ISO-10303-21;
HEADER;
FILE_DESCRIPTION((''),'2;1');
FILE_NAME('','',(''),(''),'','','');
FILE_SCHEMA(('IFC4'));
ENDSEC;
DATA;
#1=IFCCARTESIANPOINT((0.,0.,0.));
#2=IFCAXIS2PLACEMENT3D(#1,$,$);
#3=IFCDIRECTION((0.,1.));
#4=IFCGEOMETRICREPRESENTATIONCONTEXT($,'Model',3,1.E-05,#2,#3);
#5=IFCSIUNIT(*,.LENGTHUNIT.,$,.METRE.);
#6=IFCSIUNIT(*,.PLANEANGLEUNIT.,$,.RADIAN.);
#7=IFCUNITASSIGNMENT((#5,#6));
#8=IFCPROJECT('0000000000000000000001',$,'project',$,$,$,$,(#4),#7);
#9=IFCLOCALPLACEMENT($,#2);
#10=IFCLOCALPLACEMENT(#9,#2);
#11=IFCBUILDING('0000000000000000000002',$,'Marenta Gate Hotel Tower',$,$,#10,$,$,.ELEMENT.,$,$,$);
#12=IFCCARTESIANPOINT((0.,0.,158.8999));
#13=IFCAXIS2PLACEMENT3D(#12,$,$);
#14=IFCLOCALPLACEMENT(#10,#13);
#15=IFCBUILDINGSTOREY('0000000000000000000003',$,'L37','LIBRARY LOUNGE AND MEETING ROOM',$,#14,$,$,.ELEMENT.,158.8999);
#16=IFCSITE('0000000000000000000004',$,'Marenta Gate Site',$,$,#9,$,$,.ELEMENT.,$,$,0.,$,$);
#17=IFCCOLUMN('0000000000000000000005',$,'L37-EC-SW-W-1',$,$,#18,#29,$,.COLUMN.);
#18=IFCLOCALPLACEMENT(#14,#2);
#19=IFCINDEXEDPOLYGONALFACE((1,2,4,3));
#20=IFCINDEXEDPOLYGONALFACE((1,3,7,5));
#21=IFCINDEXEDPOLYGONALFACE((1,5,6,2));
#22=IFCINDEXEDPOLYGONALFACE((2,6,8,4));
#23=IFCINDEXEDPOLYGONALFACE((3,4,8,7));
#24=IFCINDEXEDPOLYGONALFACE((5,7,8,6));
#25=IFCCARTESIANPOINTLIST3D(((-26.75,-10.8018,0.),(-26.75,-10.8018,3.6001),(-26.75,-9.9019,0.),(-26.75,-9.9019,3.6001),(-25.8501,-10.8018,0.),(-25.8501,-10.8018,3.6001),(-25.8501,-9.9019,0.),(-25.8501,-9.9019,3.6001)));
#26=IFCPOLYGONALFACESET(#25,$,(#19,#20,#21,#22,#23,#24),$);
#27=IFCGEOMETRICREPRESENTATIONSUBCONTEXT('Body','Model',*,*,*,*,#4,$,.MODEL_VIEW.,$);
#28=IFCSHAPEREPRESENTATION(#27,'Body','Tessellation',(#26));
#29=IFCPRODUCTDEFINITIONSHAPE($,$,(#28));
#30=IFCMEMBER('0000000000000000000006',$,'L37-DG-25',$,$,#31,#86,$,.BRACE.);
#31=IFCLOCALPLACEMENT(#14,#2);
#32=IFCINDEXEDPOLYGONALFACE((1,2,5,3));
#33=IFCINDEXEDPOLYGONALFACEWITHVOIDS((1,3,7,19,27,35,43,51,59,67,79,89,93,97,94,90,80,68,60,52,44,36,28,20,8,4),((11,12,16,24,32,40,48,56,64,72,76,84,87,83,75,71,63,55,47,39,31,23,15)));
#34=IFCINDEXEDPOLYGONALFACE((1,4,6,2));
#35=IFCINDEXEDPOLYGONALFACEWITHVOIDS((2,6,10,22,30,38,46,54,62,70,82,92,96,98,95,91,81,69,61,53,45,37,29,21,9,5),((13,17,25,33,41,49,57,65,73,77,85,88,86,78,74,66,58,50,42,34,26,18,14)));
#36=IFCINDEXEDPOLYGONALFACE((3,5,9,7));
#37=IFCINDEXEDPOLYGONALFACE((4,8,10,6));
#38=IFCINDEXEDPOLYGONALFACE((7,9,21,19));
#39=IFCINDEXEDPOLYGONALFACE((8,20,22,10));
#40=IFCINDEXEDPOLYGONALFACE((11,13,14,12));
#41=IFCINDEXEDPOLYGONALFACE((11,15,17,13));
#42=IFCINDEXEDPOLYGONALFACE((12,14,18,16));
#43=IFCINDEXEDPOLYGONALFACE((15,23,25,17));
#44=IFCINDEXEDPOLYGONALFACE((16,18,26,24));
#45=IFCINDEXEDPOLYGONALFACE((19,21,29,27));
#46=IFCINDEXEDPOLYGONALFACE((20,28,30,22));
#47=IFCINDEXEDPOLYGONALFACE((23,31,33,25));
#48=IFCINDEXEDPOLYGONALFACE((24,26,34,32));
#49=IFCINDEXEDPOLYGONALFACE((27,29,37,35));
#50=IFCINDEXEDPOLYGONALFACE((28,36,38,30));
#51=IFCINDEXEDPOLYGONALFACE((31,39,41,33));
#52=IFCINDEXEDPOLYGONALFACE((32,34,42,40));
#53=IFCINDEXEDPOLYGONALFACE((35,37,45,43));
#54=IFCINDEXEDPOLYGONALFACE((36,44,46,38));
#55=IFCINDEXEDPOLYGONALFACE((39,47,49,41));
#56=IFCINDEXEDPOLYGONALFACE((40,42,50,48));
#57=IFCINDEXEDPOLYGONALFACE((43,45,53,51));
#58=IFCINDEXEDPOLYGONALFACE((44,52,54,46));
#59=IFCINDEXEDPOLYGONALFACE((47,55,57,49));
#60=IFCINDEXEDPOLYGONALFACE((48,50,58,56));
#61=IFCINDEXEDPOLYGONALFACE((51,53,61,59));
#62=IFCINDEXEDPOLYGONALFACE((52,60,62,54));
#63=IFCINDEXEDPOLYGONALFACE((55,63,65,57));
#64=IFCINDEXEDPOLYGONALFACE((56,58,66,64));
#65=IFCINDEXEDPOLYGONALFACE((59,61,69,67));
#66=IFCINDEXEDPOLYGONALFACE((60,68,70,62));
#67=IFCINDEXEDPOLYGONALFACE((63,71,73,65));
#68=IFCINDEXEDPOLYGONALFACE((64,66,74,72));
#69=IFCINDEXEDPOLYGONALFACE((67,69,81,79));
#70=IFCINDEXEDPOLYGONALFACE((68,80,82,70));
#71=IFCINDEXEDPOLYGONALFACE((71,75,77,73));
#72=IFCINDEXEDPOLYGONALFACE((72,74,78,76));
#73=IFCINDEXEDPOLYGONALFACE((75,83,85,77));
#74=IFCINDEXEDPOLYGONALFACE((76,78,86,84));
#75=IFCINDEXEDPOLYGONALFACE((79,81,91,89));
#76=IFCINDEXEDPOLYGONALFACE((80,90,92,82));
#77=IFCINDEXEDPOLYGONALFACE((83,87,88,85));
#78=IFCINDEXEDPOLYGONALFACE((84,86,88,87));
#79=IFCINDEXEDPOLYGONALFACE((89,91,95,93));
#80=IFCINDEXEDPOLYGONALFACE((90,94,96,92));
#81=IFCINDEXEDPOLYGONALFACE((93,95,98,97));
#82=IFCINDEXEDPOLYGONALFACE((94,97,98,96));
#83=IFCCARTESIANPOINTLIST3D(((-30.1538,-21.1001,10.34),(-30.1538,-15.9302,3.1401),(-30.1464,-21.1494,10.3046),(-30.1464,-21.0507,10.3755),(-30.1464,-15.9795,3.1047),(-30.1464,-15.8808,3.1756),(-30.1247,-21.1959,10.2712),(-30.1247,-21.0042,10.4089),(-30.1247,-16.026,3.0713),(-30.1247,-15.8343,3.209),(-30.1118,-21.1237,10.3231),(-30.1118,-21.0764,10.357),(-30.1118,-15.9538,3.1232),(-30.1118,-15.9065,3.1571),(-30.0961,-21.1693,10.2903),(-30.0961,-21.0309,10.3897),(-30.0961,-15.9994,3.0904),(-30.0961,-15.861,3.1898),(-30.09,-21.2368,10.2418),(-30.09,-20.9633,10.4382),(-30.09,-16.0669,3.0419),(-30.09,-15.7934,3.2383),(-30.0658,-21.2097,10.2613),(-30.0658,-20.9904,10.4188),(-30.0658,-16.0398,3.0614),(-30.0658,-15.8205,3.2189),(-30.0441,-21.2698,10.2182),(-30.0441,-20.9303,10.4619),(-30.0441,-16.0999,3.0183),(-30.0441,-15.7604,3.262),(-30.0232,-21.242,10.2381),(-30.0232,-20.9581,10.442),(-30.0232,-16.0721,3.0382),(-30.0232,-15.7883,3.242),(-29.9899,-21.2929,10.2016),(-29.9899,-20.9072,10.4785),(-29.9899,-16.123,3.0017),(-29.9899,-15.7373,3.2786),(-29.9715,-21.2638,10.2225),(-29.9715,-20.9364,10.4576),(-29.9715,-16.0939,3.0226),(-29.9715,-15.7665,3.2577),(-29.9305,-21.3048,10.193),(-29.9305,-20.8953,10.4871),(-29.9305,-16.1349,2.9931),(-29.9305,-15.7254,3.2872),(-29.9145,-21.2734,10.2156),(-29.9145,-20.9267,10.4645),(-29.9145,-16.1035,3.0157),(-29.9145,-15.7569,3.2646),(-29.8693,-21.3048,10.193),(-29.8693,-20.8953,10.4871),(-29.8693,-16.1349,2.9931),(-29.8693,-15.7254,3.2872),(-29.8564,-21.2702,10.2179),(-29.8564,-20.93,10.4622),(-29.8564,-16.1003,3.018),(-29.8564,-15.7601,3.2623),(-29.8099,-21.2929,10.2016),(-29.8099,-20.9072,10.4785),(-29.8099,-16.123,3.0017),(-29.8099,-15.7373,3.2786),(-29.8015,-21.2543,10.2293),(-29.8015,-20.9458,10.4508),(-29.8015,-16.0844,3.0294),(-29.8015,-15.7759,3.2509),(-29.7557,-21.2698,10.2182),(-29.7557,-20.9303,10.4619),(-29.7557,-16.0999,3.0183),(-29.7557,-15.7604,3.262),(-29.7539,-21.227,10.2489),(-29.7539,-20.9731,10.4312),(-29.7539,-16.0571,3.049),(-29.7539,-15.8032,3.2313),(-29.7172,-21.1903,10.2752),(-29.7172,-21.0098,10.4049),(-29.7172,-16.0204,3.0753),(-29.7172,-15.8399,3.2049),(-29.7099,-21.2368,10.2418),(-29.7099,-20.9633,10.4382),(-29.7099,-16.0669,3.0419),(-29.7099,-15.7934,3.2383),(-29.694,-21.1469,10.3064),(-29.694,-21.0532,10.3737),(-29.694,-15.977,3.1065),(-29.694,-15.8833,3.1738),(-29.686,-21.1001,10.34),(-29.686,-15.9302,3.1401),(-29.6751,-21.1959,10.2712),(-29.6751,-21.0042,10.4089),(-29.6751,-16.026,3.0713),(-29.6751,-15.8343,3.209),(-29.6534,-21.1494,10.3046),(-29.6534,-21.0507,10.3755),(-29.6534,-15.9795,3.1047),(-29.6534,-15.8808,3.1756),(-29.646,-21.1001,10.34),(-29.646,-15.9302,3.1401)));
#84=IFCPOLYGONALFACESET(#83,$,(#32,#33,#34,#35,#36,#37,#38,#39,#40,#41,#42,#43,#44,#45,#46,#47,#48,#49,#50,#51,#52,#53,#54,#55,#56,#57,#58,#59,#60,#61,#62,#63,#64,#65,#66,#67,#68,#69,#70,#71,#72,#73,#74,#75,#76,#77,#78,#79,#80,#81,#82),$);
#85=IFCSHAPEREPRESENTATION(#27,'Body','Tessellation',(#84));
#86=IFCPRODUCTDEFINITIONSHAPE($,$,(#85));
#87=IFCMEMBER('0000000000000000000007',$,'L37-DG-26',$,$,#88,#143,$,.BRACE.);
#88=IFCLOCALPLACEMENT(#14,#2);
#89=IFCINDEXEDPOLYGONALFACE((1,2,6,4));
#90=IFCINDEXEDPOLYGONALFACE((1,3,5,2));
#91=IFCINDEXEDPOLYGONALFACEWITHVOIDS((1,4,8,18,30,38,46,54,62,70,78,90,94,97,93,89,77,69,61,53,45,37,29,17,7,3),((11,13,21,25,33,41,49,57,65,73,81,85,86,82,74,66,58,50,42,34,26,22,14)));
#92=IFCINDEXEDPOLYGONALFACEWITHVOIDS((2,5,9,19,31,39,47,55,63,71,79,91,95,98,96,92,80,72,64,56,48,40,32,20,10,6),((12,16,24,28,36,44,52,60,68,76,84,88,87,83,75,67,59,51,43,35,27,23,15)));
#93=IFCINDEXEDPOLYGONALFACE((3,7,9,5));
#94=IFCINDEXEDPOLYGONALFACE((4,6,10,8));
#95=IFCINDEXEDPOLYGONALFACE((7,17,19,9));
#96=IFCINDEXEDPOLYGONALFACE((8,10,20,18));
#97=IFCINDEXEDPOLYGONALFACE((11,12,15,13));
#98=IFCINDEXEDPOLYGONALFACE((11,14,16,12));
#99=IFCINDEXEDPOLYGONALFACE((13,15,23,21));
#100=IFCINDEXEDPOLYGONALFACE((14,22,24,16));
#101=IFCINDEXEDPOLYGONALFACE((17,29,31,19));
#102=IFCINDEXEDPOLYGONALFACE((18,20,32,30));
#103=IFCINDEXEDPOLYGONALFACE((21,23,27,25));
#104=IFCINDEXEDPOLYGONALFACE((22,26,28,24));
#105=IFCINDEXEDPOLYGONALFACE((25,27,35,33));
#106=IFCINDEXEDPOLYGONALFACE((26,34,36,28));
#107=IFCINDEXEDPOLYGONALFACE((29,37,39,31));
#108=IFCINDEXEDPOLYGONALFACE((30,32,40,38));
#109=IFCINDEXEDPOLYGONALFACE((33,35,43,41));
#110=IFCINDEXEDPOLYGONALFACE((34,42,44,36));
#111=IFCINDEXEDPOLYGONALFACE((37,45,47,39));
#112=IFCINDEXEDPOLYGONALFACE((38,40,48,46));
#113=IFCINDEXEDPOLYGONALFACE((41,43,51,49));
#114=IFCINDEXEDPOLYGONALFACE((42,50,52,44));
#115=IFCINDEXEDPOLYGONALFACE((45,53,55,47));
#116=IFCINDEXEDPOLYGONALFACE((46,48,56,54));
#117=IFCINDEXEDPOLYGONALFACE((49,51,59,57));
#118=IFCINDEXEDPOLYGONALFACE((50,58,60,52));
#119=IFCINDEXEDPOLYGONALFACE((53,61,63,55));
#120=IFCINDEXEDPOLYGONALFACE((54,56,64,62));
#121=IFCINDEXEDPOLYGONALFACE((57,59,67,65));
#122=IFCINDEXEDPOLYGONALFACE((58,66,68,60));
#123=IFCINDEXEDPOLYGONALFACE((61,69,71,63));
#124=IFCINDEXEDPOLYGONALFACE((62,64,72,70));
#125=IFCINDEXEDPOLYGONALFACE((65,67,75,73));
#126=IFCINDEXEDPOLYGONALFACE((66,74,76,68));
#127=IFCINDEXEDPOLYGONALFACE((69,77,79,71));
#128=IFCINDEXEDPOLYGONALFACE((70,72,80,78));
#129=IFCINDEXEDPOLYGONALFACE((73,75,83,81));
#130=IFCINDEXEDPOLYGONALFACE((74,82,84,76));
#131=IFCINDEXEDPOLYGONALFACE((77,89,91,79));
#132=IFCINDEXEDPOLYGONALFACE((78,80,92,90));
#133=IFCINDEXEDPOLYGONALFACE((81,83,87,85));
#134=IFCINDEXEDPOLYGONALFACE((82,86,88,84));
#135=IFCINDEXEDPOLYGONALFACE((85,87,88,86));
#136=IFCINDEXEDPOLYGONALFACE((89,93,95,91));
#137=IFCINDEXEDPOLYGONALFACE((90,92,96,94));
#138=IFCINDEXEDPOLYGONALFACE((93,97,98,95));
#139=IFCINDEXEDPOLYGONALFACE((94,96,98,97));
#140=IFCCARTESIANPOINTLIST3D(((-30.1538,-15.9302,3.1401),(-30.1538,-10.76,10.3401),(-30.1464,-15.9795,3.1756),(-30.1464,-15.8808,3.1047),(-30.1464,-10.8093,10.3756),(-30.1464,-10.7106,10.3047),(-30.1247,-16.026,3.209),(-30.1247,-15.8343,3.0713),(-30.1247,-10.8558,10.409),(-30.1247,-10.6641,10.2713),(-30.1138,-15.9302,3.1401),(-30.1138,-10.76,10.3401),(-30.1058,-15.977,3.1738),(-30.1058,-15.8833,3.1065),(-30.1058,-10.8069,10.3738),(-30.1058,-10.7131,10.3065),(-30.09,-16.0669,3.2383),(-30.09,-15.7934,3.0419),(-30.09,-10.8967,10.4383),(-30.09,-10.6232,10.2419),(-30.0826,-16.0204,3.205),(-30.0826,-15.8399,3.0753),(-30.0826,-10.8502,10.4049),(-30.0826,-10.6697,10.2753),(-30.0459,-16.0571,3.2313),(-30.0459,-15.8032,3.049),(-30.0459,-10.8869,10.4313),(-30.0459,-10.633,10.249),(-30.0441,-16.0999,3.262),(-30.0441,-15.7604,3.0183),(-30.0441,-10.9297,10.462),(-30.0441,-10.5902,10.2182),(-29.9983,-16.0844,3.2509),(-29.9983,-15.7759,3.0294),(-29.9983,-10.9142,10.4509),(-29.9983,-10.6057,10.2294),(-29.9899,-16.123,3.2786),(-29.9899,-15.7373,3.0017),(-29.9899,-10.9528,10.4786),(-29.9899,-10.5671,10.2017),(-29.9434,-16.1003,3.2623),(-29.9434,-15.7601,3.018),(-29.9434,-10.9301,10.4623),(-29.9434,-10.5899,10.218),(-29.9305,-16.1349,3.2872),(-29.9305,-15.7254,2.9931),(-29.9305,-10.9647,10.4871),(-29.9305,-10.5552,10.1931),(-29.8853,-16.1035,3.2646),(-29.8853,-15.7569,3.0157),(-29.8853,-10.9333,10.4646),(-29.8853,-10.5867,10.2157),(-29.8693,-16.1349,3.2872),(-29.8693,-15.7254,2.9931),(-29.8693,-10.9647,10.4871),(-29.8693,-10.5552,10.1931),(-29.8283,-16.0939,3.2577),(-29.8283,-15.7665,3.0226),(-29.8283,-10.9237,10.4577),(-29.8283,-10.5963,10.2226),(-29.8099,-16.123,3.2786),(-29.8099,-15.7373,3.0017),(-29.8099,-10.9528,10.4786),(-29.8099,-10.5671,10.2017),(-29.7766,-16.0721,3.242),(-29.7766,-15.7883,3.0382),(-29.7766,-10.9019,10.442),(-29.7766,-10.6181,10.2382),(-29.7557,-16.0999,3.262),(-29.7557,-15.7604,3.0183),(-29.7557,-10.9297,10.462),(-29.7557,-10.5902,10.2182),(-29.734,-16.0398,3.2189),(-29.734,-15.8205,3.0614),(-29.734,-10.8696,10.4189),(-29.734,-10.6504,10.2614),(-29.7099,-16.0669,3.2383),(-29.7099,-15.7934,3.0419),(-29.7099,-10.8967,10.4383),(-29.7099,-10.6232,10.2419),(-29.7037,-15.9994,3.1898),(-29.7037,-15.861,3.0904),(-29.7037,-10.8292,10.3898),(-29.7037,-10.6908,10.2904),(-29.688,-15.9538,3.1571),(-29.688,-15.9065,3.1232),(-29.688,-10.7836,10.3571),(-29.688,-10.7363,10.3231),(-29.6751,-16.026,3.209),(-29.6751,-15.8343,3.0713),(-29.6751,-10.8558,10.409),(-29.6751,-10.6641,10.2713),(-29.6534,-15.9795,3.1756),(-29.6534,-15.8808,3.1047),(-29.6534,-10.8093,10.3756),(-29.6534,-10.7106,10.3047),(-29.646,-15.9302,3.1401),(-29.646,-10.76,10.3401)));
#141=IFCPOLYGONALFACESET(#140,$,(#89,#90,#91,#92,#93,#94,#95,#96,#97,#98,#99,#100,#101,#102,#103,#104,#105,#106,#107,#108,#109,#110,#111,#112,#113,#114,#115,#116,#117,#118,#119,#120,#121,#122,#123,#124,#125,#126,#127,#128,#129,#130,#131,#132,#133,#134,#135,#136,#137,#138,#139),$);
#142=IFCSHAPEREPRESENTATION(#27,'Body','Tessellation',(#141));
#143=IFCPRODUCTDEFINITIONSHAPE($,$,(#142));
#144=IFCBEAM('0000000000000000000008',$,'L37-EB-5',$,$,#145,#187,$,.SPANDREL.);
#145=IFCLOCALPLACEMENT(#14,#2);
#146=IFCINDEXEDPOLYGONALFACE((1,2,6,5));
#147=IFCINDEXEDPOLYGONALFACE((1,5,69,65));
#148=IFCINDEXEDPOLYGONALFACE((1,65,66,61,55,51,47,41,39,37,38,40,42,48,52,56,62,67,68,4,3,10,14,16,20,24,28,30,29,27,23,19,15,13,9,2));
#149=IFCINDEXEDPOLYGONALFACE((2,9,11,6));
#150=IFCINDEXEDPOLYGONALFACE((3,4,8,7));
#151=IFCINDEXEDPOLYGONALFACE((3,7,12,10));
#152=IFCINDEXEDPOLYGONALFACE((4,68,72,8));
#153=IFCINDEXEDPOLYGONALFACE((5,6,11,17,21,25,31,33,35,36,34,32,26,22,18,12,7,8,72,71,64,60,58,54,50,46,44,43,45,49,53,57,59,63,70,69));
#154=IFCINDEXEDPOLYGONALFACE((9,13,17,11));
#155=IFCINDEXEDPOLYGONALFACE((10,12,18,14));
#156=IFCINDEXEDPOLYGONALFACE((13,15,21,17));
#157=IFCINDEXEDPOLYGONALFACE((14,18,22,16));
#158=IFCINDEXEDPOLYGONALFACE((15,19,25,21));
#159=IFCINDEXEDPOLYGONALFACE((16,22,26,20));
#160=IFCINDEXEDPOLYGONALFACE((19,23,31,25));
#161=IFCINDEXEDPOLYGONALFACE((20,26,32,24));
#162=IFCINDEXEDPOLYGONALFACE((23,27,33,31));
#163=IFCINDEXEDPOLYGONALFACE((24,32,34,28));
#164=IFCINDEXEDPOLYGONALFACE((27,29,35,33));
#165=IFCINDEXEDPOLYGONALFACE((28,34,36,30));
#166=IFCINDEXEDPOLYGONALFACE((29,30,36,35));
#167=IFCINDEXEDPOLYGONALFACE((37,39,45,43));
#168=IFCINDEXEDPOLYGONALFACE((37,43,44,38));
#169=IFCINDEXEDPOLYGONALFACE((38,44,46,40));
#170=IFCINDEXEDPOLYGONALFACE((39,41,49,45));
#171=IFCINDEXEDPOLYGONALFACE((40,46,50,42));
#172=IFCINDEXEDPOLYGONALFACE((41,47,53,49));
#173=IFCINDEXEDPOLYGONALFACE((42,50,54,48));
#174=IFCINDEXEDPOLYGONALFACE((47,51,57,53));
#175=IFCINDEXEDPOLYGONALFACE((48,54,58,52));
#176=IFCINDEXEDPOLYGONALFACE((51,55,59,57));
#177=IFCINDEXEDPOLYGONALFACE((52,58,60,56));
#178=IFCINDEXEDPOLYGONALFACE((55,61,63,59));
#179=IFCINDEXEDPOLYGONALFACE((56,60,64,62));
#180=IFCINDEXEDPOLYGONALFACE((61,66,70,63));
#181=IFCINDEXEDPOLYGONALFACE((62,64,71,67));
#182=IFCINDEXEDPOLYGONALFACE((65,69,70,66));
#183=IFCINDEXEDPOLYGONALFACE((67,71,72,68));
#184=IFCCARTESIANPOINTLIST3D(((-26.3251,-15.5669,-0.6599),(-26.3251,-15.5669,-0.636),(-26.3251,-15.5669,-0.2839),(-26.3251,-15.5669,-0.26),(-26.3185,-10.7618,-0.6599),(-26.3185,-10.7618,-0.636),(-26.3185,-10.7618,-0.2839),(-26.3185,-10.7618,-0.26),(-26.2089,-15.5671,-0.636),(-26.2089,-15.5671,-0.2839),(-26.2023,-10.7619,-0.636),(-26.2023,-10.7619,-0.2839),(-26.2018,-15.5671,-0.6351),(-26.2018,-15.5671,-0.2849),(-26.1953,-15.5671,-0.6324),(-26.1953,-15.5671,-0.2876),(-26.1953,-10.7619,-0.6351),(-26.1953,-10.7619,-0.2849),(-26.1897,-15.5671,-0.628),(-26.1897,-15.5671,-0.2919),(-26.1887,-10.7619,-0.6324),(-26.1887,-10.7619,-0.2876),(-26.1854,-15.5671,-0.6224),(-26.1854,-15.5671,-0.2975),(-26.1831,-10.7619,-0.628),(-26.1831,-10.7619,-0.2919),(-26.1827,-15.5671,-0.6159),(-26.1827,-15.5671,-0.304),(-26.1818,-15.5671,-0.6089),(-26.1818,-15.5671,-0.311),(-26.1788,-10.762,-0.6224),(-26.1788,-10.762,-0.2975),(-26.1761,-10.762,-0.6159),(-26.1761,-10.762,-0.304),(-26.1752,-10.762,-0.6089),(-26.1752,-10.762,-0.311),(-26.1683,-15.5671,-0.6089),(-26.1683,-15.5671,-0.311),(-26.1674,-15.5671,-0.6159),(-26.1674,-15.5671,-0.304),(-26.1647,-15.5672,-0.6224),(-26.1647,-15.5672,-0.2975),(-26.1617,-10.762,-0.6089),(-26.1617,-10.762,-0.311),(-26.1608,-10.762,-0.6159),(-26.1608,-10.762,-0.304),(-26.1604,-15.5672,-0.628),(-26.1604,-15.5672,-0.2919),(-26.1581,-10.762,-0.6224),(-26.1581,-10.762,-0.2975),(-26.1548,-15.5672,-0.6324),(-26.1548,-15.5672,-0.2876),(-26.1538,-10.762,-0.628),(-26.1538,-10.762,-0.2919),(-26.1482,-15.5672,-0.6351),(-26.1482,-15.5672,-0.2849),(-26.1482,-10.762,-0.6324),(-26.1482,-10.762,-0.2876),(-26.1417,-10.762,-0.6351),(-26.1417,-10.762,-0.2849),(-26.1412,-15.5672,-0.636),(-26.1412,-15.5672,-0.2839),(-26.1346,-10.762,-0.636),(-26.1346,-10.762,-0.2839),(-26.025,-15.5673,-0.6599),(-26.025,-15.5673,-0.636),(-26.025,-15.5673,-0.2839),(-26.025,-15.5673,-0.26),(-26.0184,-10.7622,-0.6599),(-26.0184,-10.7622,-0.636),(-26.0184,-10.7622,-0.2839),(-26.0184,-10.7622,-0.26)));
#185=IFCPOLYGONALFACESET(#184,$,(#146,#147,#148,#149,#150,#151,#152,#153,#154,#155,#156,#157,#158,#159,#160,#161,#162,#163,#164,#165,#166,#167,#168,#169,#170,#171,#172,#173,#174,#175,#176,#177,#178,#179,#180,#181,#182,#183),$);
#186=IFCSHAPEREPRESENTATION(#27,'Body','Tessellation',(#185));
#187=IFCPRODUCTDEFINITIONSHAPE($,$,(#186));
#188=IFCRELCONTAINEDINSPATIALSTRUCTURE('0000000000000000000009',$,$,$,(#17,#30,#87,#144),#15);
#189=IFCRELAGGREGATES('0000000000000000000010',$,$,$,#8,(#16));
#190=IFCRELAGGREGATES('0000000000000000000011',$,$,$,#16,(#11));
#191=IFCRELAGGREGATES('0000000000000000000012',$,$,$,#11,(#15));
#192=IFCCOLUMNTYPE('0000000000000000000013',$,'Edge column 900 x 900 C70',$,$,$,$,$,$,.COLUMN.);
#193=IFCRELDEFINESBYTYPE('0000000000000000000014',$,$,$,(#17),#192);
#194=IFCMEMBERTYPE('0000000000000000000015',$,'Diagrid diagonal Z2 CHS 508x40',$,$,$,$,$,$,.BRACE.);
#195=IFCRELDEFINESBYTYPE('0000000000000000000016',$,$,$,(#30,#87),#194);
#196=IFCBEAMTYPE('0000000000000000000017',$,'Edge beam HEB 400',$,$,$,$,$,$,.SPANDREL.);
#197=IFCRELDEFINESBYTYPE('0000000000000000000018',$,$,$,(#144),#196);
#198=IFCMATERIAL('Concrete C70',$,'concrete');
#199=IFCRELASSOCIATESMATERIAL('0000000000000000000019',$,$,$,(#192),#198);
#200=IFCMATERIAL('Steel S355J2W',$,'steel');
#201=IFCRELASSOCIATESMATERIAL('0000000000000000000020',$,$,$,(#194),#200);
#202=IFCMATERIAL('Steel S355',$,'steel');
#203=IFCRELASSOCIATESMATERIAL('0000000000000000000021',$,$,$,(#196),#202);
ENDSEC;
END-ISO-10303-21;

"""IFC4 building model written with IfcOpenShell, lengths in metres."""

from ifc_helpers import new_model, si_unit, direction, frame, origin, origin_2d, place, context, subcontext, project, spatial, rectangle, hollow_circle, i_section, extrude, material, material_profile, profile_set, type_object, element, save


model = new_model("IFC4")

# Units and contexts
model_context = context("Model", 3, precision=1e-05, world=origin(), true_north=direction((0.0, 1.0)))
body_context = subcontext(model_context, "Body", "Model", "MODEL_VIEW")
ifc_project = project(units=[si_unit("LENGTHUNIT", "METRE"), si_unit("PLANEANGLEUNIT", "RADIAN")], contexts=[model_context])

# Site, building, storey
site_placement = place(None, origin())
site = spatial("IfcSite", under=ifc_project, at=site_placement, Name="Marenta Gate Site", CompositionType="ELEMENT", RefElevation=0.0)
building_placement = place(site_placement, origin())
building = spatial("IfcBuilding", under=site, at=building_placement, Name="Marenta Gate Hotel Tower", CompositionType="ELEMENT")
storey_placement = place(building_placement, frame((0.0, 0.0, 158.8999)))
storey = spatial("IfcBuildingStorey", under=building, at=storey_placement, Name="L37", Description="LIBRARY LOUNGE AND MEETING ROOM", CompositionType="ELEMENT", Elevation=158.8999)

# Column
ifc_material_1 = material(Name="Concrete C70", Category="concrete")
ifc_material_profile_1 = material_profile(ifc_material_1, rectangle(XDim=0.8999, YDim=0.8999, at=origin_2d()), Name="900 x 900")
ifc_profile_set_1 = profile_set([ifc_material_profile_1], Name="Concrete C70")
column_type = type_object("IfcColumnType", Name="Edge column 900 x 900 C70", PredefinedType="COLUMN", material=ifc_profile_set_1)
column_placement = place(storey_placement, frame((-26.3, -10.3518, 0.0), z_axis=(0.0, 0.0, 1.0), x_axis=(1.0, 0.0, 0.0)))
element("IfcColumn", 1, at=column_placement, inside=storey, type_object=column_type, Name="L37-EC-SW-W-1", PredefinedType="COLUMN", context=body_context, shape_type="SweptSolid", body=[
    extrude(rectangle(XDim=0.8999, YDim=0.8999, at=origin_2d()), origin(), (0.0, 0.0, 1.0), 3.6001),
])

# Members
ifc_material_2 = material(Name="Steel S355J2W", Category="steel")
ifc_material_profile_2 = material_profile(ifc_material_2, hollow_circle(Radius=0.2539, WallThickness=0.04, at=origin_2d()), Name="CHS 508x40")
ifc_profile_set_2 = profile_set([ifc_material_profile_2], Name="Steel S355J2W")
member_type_1 = type_object("IfcMemberType", Name="Diagrid diagonal Z2 CHS 508x40", PredefinedType="BRACE", material=ifc_profile_set_2)
member_1_placement = place(storey_placement, frame((-29.8999, -15.9302, 3.1401), z_axis=(0.0, -0.583261, 0.812285), x_axis=(1.0, 0.0, 0.0)))
element("IfcMember", 2, at=member_1_placement, inside=storey, type_object=member_type_1, Name="L37-DG-25", PredefinedType="BRACE", context=body_context, shape_type="SweptSolid", body=[
    extrude(hollow_circle(Radius=0.2539, WallThickness=0.04, at=origin_2d()), origin(), (0.0, 0.0, 1.0), 8.8638),
])
member_2_placement = place(storey_placement, frame((-29.8999, -15.9302, 3.1401), z_axis=(0.0, 0.583279, 0.812272), x_axis=(-1.0, 0.0, 0.0)))
element("IfcMember", 3, at=member_2_placement, inside=storey, type_object=member_type_1, Name="L37-DG-26", PredefinedType="BRACE", context=body_context, shape_type="SweptSolid", body=[
    extrude(hollow_circle(Radius=0.2539, WallThickness=0.04, at=origin_2d()), origin(), (0.0, 0.0, 1.0), 8.864),
])

# Beam
ifc_material_3 = material(Name="Steel S355", Category="steel")
ifc_material_profile_3 = material_profile(ifc_material_3, i_section(OverallWidth=0.3, OverallDepth=0.3999, WebThickness=0.0134, FlangeThickness=0.0239, FilletRadius=0.0271, at=origin_2d()), Name="HEB 400")
ifc_profile_set_3 = profile_set([ifc_material_profile_3], Name="Steel S355")
beam_type_1 = type_object("IfcBeamType", Name="Edge beam HEB 400", PredefinedType="SPANDREL", material=ifc_profile_set_3)
beam_1_placement = place(storey_placement, frame((-26.175, -15.5671, -0.46), z_axis=(0.001372, 0.999999, 0.0), x_axis=(-0.999999, 0.001372, 0.0)))
element("IfcBeam", 4, at=beam_1_placement, inside=storey, type_object=beam_type_1, Name="L37-EB-5", PredefinedType="SPANDREL", context=body_context, shape_type="SweptSolid", body=[
    extrude(i_section(OverallWidth=0.3, OverallDepth=0.3999, WebThickness=0.0134, FlangeThickness=0.0239, FilletRadius=0.0271, at=origin_2d()), origin(), (0.0, 0.0, 1.0), 4.8052),
])

save(model, "model.ifc")
